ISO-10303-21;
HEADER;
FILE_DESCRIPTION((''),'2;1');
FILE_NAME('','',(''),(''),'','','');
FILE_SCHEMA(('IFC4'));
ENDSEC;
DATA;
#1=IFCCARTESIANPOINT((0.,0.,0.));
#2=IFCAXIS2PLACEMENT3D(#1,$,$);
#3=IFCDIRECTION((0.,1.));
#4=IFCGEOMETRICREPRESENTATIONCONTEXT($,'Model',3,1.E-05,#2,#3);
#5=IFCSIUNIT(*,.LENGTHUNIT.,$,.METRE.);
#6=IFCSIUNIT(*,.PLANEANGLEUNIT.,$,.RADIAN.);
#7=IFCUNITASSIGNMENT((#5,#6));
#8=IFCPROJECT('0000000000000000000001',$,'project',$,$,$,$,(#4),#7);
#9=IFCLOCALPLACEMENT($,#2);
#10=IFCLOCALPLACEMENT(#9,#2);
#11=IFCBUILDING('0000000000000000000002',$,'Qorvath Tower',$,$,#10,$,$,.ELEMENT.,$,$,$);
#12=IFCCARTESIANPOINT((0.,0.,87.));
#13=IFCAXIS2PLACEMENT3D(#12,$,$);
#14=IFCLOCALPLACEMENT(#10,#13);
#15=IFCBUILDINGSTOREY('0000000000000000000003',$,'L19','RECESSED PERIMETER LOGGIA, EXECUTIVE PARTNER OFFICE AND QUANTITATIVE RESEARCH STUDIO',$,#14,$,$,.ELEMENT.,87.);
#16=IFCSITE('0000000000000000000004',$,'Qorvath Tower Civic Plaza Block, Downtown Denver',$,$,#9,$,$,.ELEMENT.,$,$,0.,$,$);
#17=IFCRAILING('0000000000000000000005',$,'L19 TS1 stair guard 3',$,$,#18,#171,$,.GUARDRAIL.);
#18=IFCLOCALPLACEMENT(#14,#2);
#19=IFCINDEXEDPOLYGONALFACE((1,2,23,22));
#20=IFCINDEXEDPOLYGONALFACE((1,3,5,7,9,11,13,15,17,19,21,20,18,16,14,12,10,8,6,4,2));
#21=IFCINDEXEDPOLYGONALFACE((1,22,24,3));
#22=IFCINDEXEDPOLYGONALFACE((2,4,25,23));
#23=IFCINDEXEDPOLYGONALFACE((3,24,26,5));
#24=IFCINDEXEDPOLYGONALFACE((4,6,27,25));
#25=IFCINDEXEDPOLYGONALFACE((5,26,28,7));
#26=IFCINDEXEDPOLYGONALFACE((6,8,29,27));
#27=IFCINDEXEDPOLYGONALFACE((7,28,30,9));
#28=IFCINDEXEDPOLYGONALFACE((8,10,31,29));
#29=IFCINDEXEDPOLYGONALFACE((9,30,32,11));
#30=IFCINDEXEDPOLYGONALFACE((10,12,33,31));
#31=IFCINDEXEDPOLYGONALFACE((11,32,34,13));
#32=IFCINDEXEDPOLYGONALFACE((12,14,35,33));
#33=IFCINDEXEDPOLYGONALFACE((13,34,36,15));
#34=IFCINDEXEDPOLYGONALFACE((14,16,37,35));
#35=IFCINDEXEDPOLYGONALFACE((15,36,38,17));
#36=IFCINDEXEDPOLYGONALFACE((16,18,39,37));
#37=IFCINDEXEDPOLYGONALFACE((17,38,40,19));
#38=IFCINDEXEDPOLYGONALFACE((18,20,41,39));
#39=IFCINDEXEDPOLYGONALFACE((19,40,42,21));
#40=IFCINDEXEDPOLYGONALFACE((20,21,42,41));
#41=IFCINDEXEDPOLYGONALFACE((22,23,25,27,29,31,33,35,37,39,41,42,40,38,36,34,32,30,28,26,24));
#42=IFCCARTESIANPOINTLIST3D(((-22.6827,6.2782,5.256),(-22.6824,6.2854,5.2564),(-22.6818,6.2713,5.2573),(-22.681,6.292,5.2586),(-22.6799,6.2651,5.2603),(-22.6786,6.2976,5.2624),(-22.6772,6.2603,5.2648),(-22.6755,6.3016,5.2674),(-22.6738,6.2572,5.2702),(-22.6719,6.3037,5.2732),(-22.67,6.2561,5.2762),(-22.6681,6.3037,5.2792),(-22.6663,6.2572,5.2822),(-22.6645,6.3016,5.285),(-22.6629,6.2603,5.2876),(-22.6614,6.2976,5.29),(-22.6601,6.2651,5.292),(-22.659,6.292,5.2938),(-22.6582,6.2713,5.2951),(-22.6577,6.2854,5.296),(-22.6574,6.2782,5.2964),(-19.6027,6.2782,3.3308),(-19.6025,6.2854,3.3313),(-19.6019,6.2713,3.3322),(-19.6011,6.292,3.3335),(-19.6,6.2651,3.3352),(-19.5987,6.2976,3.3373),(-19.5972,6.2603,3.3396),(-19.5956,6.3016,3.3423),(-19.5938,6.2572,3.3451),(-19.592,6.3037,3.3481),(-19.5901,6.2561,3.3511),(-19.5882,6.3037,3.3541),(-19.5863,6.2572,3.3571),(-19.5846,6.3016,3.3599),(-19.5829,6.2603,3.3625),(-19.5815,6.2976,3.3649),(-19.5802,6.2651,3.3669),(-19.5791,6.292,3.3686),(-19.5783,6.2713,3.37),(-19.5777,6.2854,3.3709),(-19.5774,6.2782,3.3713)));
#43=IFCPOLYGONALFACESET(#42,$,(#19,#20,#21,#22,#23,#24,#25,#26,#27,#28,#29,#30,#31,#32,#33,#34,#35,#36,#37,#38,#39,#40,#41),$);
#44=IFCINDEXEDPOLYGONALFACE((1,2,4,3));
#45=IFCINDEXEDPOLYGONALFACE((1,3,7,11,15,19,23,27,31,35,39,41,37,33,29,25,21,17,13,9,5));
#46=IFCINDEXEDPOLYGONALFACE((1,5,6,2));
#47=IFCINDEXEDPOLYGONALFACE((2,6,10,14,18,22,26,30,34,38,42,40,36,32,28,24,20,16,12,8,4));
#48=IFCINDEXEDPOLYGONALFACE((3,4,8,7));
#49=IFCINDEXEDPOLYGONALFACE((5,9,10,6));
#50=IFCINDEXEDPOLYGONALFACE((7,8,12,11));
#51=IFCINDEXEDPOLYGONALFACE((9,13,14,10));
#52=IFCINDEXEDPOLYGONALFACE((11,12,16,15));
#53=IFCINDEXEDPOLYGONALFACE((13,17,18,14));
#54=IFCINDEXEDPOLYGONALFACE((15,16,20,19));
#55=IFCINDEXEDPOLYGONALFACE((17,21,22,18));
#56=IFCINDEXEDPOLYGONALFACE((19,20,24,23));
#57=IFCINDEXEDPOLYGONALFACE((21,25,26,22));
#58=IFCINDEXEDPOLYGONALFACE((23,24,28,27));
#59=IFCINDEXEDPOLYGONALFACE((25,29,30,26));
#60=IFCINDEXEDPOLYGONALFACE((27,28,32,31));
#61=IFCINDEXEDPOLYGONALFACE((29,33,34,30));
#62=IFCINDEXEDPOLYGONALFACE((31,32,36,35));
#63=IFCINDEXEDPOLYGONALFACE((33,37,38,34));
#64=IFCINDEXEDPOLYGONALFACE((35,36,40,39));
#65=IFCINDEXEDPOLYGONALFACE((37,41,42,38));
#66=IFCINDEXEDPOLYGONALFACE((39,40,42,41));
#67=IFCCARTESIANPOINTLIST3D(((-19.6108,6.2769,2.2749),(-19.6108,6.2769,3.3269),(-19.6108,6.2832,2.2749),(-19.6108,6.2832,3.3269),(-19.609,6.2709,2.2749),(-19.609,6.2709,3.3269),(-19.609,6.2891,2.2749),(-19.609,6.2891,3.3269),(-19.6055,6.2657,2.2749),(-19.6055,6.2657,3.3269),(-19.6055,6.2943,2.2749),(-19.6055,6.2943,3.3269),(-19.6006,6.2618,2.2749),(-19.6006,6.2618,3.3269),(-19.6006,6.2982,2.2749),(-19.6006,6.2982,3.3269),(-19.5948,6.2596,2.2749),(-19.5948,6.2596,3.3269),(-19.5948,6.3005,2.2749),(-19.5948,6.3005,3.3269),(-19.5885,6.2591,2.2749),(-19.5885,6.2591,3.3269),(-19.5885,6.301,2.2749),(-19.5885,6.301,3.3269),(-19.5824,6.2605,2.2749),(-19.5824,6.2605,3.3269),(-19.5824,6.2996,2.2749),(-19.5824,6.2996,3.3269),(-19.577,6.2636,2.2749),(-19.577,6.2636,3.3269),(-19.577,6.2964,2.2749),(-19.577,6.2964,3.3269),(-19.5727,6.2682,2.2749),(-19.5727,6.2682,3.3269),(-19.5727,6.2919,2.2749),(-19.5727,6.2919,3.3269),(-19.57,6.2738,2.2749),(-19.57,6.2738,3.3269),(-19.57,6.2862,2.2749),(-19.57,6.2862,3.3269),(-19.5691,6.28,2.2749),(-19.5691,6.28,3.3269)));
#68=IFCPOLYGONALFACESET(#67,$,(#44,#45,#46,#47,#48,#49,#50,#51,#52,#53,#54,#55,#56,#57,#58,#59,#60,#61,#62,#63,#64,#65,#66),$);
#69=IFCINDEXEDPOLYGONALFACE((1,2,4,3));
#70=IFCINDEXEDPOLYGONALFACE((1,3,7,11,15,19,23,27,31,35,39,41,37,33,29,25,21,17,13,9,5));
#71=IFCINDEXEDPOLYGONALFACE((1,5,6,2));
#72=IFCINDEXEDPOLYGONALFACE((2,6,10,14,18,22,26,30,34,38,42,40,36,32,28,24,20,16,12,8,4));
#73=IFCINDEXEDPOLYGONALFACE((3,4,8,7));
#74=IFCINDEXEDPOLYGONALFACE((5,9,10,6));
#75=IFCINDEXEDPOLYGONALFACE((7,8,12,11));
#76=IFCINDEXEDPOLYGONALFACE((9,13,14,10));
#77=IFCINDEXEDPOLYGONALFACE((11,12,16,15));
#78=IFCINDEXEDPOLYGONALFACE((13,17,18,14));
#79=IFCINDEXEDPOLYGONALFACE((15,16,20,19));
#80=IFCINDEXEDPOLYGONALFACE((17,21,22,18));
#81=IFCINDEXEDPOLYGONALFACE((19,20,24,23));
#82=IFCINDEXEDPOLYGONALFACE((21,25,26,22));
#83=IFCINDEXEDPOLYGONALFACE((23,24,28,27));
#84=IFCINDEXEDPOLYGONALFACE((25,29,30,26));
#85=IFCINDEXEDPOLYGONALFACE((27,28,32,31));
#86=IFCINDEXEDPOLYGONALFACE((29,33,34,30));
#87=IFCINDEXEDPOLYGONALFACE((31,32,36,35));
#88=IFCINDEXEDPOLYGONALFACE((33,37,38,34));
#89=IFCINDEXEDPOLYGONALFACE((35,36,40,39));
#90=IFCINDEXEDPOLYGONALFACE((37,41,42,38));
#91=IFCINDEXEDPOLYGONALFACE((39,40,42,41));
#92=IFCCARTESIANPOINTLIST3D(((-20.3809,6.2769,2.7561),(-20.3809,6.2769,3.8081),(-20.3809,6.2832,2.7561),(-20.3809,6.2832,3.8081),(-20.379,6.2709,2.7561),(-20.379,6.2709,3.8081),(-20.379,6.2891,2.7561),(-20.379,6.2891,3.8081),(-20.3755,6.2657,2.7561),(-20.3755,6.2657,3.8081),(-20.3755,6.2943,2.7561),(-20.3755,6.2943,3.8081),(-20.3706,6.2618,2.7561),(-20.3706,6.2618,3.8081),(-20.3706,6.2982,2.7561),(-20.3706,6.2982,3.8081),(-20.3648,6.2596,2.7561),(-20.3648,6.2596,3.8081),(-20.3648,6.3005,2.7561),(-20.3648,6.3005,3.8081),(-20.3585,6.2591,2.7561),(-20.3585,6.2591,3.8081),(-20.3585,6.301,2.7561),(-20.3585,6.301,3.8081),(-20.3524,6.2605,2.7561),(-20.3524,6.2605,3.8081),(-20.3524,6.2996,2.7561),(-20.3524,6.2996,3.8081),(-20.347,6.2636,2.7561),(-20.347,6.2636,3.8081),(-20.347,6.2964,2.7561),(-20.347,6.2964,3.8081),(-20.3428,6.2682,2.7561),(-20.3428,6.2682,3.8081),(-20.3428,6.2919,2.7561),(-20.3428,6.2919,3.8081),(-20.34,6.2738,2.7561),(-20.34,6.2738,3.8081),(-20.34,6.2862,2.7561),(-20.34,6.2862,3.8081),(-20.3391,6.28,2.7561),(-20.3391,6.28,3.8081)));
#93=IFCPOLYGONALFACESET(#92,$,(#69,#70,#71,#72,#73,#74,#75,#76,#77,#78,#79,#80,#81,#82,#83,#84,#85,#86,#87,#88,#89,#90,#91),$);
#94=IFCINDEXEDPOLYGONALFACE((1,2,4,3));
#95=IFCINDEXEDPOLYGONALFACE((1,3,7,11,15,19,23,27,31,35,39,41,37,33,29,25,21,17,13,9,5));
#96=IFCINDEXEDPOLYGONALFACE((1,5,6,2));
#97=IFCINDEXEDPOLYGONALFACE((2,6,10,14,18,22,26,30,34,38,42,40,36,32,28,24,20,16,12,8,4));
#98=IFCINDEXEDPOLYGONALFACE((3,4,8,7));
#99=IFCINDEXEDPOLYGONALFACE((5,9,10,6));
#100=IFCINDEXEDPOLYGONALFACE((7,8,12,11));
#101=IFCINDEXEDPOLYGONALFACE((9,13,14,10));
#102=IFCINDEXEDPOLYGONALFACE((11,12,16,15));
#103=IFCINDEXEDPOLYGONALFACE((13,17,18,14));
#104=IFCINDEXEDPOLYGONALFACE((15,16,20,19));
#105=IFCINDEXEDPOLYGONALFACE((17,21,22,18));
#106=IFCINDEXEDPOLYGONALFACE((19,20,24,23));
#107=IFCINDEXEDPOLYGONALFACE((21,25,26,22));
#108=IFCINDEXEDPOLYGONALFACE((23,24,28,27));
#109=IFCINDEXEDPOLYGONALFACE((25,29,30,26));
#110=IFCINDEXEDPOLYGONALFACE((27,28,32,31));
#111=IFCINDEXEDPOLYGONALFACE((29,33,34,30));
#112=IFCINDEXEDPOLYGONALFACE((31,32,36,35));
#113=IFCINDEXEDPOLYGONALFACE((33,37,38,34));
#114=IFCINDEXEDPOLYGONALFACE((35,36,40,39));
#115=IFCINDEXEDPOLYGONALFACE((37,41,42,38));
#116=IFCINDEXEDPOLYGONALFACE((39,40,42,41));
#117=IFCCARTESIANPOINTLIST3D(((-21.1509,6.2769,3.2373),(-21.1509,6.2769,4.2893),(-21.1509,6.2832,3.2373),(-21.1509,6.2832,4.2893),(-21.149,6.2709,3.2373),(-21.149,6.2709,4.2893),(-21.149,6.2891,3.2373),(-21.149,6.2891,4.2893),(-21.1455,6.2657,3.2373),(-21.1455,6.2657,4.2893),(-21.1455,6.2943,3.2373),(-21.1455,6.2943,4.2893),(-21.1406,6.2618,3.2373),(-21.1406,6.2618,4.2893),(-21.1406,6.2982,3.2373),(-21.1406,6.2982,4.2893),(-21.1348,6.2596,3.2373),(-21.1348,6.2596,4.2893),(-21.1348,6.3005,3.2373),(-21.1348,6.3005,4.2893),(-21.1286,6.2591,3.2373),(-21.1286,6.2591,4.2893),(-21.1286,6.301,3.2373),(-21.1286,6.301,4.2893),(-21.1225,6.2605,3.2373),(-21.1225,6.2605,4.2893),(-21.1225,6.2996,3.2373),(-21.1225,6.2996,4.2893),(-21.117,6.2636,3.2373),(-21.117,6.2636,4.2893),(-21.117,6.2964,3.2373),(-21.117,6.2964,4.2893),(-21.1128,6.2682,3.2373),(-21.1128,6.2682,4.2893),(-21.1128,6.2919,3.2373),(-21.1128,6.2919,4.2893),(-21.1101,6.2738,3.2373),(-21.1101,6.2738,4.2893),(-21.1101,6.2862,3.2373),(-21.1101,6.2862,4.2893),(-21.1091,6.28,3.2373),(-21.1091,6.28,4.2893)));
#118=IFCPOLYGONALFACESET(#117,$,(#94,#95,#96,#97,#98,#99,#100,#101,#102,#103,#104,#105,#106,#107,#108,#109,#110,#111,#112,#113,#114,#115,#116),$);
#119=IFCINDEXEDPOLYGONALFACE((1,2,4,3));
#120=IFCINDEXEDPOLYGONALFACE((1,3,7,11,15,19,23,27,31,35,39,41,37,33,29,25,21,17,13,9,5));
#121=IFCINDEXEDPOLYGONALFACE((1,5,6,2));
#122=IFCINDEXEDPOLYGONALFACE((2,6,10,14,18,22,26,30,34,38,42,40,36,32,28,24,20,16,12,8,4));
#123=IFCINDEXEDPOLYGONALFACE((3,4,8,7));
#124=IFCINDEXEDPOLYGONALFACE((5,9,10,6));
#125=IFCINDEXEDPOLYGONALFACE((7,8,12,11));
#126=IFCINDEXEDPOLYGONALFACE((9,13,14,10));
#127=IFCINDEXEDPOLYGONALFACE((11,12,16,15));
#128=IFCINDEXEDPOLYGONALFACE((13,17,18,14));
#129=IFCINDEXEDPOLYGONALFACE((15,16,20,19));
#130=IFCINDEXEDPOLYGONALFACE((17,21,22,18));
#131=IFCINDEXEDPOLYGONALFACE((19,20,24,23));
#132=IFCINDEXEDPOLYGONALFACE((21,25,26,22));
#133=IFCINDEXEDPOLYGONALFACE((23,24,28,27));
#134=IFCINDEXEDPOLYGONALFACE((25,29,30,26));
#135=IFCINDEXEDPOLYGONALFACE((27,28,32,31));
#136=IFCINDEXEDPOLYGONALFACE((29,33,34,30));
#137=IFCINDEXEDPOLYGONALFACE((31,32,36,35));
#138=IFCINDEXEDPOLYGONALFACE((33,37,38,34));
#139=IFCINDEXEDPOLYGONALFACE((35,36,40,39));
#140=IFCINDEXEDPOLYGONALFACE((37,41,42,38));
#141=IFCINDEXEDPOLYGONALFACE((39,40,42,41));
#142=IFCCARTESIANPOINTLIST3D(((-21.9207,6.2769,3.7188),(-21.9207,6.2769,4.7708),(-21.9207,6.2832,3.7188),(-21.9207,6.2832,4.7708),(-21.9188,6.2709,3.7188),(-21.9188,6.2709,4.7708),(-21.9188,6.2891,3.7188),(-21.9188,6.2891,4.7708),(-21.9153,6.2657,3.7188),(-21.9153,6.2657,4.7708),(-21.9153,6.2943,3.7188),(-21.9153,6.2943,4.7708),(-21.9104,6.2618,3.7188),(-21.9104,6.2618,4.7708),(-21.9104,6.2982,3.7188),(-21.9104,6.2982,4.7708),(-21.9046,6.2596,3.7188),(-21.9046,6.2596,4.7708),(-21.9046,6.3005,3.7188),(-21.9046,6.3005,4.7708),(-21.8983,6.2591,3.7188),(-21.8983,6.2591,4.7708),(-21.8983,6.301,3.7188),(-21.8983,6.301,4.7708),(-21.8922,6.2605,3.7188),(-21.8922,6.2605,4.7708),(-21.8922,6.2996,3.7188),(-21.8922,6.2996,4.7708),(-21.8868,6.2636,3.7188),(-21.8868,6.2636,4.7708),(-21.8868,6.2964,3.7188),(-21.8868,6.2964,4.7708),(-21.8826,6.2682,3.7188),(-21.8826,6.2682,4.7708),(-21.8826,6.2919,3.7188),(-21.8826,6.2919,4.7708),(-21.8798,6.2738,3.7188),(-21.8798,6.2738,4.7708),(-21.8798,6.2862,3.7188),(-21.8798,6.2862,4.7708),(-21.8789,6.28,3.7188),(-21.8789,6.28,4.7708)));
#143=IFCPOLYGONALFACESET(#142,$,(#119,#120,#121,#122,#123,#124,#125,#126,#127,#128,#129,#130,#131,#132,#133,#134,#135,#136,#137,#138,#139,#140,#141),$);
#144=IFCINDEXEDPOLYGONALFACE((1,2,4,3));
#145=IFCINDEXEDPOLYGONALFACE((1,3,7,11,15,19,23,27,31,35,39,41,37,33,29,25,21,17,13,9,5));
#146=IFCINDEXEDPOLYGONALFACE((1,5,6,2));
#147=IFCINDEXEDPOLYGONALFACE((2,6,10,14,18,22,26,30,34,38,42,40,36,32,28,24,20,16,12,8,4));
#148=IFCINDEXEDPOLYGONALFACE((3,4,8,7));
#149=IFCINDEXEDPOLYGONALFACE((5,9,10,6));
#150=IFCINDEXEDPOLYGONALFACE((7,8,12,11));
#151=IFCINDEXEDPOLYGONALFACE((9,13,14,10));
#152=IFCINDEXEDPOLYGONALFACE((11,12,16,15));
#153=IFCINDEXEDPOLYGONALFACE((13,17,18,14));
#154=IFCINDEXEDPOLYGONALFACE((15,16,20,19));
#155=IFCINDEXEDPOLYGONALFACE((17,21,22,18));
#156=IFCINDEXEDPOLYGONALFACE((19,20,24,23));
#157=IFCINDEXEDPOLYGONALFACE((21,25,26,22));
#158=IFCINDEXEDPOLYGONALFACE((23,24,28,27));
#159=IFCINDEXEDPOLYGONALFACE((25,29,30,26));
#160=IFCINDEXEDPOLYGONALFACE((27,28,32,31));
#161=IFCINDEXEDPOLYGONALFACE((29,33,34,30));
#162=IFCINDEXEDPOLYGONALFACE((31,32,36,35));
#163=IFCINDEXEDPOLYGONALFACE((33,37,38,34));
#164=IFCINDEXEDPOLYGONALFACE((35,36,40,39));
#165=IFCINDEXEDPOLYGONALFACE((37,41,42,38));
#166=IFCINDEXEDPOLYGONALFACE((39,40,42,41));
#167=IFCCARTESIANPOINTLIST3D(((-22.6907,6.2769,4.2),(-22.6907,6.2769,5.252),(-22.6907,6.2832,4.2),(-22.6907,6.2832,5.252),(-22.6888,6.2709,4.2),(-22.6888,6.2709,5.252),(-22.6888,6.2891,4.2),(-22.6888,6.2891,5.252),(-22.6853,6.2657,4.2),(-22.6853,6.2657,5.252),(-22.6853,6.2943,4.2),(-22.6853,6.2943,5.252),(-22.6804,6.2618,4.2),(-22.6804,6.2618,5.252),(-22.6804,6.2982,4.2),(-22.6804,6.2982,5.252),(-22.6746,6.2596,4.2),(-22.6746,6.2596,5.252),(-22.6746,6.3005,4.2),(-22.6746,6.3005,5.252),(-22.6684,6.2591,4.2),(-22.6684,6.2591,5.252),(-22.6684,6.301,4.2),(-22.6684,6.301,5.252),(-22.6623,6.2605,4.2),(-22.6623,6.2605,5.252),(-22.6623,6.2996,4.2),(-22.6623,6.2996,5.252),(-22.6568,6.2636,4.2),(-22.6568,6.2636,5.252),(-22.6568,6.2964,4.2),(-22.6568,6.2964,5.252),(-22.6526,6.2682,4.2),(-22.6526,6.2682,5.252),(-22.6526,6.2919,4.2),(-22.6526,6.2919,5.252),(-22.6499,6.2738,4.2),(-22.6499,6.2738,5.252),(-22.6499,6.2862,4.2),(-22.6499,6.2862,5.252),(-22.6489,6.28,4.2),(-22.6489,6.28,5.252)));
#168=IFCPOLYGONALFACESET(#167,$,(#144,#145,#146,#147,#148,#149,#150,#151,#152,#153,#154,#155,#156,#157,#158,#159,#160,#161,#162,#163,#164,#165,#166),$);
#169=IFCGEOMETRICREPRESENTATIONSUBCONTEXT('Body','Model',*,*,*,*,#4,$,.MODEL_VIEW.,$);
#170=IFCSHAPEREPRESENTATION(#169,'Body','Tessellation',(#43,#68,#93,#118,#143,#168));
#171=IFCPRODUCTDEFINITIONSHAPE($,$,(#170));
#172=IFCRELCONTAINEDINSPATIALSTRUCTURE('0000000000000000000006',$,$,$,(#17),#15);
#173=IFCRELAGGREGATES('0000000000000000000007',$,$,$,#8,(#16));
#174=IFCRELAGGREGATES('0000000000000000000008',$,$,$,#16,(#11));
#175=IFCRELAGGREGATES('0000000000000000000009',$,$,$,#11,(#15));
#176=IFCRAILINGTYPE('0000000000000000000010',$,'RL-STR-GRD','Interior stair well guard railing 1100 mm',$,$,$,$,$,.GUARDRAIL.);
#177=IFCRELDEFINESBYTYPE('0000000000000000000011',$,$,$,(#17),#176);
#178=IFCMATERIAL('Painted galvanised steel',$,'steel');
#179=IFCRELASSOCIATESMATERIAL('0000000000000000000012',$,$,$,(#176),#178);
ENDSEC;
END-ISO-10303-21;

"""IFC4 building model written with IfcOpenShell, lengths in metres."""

from ifc_helpers import new_model, si_unit, direction, frame, origin, origin_2d, place, context, subcontext, project, spatial, circle, extrude, material, type_object, element, save


model = new_model("IFC4")

# Units and contexts
model_context = context("Model", 3, precision=1e-05, world=origin(), true_north=direction((0.0, 1.0)))
body_context = subcontext(model_context, "Body", "Model", "MODEL_VIEW")
ifc_project = project(units=[si_unit("LENGTHUNIT", "METRE"), si_unit("PLANEANGLEUNIT", "RADIAN")], contexts=[model_context])

# Site, building, storey
site_placement = place(None, origin())
site = spatial("IfcSite", under=ifc_project, at=site_placement, Name="Qorvath Tower Civic Plaza Block, Downtown Denver", CompositionType="ELEMENT", RefElevation=0.0)
building_placement = place(site_placement, origin())
building = spatial("IfcBuilding", under=site, at=building_placement, Name="Qorvath Tower", CompositionType="ELEMENT")
storey_placement = place(building_placement, frame((0.0, 0.0, 87.0)))
storey = spatial("IfcBuildingStorey", under=building, at=storey_placement, Name="L19", Description="RECESSED PERIMETER LOGGIA, EXECUTIVE PARTNER OFFICE AND QUANTITATIVE RESEARCH STUDIO", CompositionType="ELEMENT", Elevation=87.0)

# Railing
ifc_material_1 = material(Name="Painted galvanised steel", Category="steel")
railing_type_1 = type_object("IfcRailingType", Name="RL-STR-GRD", Description="Interior stair well guard railing 1100 mm", PredefinedType="GUARDRAIL", material=ifc_material_1)
railing_1_placement = place(storey_placement, frame((-19.5901, 6.28, 2.2749)))
element("IfcRailing", 1, at=railing_1_placement, inside=storey, type_object=railing_type_1, Name="L19 TS1 stair guard 3", PredefinedType="GUARDRAIL", context=body_context, shape_type="SweptSolid", body=[
    extrude(circle(Radius=0.0239, at=origin_2d()), frame((0.0, 0.0, 1.0762), z_axis=(-0.847979, 0.0, 0.530029), x_axis=(0.0, -1.0, 0.0)), (0.0, 0.0, 1.0), 3.6321),
    extrude(circle(Radius=0.021, at=origin_2d()), origin(), (0.0, 0.0, 1.0), 1.052),
    extrude(circle(Radius=0.021, at=origin_2d()), frame((-0.77, 0.0, 0.4812)), (0.0, 0.0, 1.0), 1.052),
    extrude(circle(Radius=0.021, at=origin_2d()), frame((-1.54, 0.0, 0.9624)), (0.0, 0.0, 1.0), 1.052),
    extrude(circle(Radius=0.021, at=origin_2d()), frame((-2.3098, 0.0, 1.4438)), (0.0, 0.0, 1.0), 1.052),
    extrude(circle(Radius=0.021, at=origin_2d()), frame((-3.0798, 0.0, 1.925)), (0.0, 0.0, 1.0), 1.052),
])

save(model, "model.ifc")
